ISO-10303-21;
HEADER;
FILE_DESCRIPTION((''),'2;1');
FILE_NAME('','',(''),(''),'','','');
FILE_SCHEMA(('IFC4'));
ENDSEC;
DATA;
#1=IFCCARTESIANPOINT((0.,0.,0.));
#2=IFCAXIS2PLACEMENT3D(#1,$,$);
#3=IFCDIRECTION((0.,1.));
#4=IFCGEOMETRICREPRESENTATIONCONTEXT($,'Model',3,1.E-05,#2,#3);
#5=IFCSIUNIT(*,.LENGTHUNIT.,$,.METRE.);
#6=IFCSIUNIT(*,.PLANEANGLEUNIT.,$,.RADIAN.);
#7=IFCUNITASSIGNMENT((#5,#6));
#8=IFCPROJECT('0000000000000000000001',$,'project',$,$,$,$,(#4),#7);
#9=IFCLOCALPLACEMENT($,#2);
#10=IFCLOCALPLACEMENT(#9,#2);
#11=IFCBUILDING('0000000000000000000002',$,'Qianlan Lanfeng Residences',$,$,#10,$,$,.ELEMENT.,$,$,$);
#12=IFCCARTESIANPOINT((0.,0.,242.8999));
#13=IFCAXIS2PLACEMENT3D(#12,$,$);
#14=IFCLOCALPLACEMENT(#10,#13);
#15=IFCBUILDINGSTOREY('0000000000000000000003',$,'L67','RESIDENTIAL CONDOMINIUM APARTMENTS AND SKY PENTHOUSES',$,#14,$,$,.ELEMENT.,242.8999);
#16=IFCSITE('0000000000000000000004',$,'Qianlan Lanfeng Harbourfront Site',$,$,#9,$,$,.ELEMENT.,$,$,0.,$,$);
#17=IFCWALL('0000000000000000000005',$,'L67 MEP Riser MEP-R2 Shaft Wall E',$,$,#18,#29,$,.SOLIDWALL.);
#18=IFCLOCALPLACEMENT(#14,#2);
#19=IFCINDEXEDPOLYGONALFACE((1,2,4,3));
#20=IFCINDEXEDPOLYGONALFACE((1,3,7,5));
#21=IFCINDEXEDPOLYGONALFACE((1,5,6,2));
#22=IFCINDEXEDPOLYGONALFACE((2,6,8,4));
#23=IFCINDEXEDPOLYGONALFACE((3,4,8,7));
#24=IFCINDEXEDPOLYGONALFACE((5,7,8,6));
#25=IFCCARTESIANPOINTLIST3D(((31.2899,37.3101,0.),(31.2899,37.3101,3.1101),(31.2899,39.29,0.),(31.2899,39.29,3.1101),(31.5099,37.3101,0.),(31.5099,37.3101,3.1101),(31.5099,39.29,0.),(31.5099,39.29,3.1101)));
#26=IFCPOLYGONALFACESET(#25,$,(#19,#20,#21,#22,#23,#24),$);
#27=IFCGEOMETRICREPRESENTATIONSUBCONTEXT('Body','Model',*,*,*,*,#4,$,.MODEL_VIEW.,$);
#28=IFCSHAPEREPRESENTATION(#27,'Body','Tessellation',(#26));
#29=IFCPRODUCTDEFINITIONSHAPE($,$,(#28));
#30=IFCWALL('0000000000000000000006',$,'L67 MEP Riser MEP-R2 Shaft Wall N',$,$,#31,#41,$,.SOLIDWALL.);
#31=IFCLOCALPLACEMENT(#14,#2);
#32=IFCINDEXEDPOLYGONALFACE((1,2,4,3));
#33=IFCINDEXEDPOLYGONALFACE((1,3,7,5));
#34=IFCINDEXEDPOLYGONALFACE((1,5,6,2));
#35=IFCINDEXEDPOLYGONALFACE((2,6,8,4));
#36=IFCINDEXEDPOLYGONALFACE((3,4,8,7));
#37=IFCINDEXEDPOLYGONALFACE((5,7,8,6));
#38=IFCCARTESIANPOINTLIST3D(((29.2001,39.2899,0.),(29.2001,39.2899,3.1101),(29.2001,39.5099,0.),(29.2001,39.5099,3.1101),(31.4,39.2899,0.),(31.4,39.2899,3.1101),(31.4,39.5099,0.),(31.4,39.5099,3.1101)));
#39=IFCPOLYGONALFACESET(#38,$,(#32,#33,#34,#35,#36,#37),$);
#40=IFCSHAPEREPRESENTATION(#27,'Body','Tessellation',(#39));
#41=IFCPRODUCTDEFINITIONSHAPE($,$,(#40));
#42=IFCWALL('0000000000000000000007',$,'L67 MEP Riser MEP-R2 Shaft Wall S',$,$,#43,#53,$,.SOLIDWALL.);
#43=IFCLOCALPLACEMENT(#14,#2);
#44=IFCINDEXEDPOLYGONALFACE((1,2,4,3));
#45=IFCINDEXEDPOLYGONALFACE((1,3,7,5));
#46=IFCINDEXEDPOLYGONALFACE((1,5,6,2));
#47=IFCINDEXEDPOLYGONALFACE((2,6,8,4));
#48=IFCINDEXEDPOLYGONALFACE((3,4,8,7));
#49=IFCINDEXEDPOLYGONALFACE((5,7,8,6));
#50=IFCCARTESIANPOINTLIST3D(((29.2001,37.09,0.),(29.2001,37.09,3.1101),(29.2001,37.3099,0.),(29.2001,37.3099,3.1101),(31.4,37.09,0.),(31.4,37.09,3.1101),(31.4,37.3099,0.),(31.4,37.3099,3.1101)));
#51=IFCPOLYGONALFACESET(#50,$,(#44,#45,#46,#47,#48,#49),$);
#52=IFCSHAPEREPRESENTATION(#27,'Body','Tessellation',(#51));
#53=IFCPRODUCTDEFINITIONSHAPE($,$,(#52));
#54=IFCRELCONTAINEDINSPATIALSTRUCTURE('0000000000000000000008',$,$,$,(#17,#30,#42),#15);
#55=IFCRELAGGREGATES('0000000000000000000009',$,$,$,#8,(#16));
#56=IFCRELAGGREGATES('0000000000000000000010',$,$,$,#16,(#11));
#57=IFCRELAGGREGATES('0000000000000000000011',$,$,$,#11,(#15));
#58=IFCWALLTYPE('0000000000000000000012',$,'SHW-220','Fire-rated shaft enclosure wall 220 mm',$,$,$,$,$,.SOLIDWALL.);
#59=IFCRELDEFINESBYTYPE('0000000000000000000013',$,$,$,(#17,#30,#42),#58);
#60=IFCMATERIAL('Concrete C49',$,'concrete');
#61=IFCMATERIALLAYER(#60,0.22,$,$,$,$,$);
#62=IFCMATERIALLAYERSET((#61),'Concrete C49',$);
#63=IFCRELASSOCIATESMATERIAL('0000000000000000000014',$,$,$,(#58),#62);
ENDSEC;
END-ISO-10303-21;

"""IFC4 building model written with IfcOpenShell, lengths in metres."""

from ifc_helpers import new_model, si_unit, direction, frame, frame_2d, origin, place, context, subcontext, project, spatial, rectangle, extrude, material, layer, layer_set, type_object, element, save


model = new_model("IFC4")

# Units and contexts
model_context = context("Model", 3, precision=1e-05, world=origin(), true_north=direction((0.0, 1.0)))
body_context = subcontext(model_context, "Body", "Model", "MODEL_VIEW")
ifc_project = project(units=[si_unit("LENGTHUNIT", "METRE"), si_unit("PLANEANGLEUNIT", "RADIAN")], contexts=[model_context])

# Site, building, storey
site_placement = place(None, origin())
site = spatial("IfcSite", under=ifc_project, at=site_placement, Name="Qianlan Lanfeng Harbourfront Site", CompositionType="ELEMENT", RefElevation=0.0)
building_placement = place(site_placement, origin())
building = spatial("IfcBuilding", under=site, at=building_placement, Name="Qianlan Lanfeng Residences", CompositionType="ELEMENT")
storey_placement = place(building_placement, frame((0.0, 0.0, 242.8999)))
storey = spatial("IfcBuildingStorey", under=building, at=storey_placement, Name="L67", Description="RESIDENTIAL CONDOMINIUM APARTMENTS AND SKY PENTHOUSES", CompositionType="ELEMENT", Elevation=242.8999)

# Walls
ifc_material_1 = material(Name="Concrete C49", Category="concrete")
ifc_layer_1 = layer(ifc_material_1, 0.22)
ifc_layer_set_1 = layer_set([ifc_layer_1], Name="Concrete C49")
wall_type_1 = type_object("IfcWallType", Name="SHW-220", Description="Fire-rated shaft enclosure wall 220 mm", PredefinedType="SOLIDWALL", material=ifc_layer_set_1)
for number, where, z_axis, x_axis, name in (
    (1, (31.3999, 37.3101, 0.0), (0.0, 0.0, 1.0), (0.0, 1.0, 0.0), "L67 MEP Riser MEP-R2 Shaft Wall E"),
):
    element("IfcWall", number, at=place(storey_placement, frame(where, z_axis=z_axis, x_axis=x_axis)), inside=storey, type_object=wall_type_1, Name=name, PredefinedType="SOLIDWALL", context=body_context, shape_type="SweptSolid", body=[
        extrude(rectangle(XDim=1.98, YDim=0.22, at=frame_2d((0.99, 0.0))), origin(), (0.0, 0.0, 1.0), 3.1101),
    ])
for number, where, z_axis, x_axis, name in (
    (2, (29.2, 39.3999, 0.0), (0.0, 0.0, 1.0), (1.0, 0.0, 0.0), "L67 MEP Riser MEP-R2 Shaft Wall N"),
    (3, (29.2, 37.2, 0.0), (0.0, 0.0, 1.0), (1.0, 0.0, 0.0), "L67 MEP Riser MEP-R2 Shaft Wall S"),
):
    element("IfcWall", number, at=place(storey_placement, frame(where, z_axis=z_axis, x_axis=x_axis)), inside=storey, type_object=wall_type_1, Name=name, PredefinedType="SOLIDWALL", context=body_context, shape_type="SweptSolid", body=[
        extrude(rectangle(XDim=2.2, YDim=0.22, at=frame_2d((1.1001, 0.0))), origin(), (0.0, 0.0, 1.0), 3.1101),
    ])

save(model, "model.ifc")
